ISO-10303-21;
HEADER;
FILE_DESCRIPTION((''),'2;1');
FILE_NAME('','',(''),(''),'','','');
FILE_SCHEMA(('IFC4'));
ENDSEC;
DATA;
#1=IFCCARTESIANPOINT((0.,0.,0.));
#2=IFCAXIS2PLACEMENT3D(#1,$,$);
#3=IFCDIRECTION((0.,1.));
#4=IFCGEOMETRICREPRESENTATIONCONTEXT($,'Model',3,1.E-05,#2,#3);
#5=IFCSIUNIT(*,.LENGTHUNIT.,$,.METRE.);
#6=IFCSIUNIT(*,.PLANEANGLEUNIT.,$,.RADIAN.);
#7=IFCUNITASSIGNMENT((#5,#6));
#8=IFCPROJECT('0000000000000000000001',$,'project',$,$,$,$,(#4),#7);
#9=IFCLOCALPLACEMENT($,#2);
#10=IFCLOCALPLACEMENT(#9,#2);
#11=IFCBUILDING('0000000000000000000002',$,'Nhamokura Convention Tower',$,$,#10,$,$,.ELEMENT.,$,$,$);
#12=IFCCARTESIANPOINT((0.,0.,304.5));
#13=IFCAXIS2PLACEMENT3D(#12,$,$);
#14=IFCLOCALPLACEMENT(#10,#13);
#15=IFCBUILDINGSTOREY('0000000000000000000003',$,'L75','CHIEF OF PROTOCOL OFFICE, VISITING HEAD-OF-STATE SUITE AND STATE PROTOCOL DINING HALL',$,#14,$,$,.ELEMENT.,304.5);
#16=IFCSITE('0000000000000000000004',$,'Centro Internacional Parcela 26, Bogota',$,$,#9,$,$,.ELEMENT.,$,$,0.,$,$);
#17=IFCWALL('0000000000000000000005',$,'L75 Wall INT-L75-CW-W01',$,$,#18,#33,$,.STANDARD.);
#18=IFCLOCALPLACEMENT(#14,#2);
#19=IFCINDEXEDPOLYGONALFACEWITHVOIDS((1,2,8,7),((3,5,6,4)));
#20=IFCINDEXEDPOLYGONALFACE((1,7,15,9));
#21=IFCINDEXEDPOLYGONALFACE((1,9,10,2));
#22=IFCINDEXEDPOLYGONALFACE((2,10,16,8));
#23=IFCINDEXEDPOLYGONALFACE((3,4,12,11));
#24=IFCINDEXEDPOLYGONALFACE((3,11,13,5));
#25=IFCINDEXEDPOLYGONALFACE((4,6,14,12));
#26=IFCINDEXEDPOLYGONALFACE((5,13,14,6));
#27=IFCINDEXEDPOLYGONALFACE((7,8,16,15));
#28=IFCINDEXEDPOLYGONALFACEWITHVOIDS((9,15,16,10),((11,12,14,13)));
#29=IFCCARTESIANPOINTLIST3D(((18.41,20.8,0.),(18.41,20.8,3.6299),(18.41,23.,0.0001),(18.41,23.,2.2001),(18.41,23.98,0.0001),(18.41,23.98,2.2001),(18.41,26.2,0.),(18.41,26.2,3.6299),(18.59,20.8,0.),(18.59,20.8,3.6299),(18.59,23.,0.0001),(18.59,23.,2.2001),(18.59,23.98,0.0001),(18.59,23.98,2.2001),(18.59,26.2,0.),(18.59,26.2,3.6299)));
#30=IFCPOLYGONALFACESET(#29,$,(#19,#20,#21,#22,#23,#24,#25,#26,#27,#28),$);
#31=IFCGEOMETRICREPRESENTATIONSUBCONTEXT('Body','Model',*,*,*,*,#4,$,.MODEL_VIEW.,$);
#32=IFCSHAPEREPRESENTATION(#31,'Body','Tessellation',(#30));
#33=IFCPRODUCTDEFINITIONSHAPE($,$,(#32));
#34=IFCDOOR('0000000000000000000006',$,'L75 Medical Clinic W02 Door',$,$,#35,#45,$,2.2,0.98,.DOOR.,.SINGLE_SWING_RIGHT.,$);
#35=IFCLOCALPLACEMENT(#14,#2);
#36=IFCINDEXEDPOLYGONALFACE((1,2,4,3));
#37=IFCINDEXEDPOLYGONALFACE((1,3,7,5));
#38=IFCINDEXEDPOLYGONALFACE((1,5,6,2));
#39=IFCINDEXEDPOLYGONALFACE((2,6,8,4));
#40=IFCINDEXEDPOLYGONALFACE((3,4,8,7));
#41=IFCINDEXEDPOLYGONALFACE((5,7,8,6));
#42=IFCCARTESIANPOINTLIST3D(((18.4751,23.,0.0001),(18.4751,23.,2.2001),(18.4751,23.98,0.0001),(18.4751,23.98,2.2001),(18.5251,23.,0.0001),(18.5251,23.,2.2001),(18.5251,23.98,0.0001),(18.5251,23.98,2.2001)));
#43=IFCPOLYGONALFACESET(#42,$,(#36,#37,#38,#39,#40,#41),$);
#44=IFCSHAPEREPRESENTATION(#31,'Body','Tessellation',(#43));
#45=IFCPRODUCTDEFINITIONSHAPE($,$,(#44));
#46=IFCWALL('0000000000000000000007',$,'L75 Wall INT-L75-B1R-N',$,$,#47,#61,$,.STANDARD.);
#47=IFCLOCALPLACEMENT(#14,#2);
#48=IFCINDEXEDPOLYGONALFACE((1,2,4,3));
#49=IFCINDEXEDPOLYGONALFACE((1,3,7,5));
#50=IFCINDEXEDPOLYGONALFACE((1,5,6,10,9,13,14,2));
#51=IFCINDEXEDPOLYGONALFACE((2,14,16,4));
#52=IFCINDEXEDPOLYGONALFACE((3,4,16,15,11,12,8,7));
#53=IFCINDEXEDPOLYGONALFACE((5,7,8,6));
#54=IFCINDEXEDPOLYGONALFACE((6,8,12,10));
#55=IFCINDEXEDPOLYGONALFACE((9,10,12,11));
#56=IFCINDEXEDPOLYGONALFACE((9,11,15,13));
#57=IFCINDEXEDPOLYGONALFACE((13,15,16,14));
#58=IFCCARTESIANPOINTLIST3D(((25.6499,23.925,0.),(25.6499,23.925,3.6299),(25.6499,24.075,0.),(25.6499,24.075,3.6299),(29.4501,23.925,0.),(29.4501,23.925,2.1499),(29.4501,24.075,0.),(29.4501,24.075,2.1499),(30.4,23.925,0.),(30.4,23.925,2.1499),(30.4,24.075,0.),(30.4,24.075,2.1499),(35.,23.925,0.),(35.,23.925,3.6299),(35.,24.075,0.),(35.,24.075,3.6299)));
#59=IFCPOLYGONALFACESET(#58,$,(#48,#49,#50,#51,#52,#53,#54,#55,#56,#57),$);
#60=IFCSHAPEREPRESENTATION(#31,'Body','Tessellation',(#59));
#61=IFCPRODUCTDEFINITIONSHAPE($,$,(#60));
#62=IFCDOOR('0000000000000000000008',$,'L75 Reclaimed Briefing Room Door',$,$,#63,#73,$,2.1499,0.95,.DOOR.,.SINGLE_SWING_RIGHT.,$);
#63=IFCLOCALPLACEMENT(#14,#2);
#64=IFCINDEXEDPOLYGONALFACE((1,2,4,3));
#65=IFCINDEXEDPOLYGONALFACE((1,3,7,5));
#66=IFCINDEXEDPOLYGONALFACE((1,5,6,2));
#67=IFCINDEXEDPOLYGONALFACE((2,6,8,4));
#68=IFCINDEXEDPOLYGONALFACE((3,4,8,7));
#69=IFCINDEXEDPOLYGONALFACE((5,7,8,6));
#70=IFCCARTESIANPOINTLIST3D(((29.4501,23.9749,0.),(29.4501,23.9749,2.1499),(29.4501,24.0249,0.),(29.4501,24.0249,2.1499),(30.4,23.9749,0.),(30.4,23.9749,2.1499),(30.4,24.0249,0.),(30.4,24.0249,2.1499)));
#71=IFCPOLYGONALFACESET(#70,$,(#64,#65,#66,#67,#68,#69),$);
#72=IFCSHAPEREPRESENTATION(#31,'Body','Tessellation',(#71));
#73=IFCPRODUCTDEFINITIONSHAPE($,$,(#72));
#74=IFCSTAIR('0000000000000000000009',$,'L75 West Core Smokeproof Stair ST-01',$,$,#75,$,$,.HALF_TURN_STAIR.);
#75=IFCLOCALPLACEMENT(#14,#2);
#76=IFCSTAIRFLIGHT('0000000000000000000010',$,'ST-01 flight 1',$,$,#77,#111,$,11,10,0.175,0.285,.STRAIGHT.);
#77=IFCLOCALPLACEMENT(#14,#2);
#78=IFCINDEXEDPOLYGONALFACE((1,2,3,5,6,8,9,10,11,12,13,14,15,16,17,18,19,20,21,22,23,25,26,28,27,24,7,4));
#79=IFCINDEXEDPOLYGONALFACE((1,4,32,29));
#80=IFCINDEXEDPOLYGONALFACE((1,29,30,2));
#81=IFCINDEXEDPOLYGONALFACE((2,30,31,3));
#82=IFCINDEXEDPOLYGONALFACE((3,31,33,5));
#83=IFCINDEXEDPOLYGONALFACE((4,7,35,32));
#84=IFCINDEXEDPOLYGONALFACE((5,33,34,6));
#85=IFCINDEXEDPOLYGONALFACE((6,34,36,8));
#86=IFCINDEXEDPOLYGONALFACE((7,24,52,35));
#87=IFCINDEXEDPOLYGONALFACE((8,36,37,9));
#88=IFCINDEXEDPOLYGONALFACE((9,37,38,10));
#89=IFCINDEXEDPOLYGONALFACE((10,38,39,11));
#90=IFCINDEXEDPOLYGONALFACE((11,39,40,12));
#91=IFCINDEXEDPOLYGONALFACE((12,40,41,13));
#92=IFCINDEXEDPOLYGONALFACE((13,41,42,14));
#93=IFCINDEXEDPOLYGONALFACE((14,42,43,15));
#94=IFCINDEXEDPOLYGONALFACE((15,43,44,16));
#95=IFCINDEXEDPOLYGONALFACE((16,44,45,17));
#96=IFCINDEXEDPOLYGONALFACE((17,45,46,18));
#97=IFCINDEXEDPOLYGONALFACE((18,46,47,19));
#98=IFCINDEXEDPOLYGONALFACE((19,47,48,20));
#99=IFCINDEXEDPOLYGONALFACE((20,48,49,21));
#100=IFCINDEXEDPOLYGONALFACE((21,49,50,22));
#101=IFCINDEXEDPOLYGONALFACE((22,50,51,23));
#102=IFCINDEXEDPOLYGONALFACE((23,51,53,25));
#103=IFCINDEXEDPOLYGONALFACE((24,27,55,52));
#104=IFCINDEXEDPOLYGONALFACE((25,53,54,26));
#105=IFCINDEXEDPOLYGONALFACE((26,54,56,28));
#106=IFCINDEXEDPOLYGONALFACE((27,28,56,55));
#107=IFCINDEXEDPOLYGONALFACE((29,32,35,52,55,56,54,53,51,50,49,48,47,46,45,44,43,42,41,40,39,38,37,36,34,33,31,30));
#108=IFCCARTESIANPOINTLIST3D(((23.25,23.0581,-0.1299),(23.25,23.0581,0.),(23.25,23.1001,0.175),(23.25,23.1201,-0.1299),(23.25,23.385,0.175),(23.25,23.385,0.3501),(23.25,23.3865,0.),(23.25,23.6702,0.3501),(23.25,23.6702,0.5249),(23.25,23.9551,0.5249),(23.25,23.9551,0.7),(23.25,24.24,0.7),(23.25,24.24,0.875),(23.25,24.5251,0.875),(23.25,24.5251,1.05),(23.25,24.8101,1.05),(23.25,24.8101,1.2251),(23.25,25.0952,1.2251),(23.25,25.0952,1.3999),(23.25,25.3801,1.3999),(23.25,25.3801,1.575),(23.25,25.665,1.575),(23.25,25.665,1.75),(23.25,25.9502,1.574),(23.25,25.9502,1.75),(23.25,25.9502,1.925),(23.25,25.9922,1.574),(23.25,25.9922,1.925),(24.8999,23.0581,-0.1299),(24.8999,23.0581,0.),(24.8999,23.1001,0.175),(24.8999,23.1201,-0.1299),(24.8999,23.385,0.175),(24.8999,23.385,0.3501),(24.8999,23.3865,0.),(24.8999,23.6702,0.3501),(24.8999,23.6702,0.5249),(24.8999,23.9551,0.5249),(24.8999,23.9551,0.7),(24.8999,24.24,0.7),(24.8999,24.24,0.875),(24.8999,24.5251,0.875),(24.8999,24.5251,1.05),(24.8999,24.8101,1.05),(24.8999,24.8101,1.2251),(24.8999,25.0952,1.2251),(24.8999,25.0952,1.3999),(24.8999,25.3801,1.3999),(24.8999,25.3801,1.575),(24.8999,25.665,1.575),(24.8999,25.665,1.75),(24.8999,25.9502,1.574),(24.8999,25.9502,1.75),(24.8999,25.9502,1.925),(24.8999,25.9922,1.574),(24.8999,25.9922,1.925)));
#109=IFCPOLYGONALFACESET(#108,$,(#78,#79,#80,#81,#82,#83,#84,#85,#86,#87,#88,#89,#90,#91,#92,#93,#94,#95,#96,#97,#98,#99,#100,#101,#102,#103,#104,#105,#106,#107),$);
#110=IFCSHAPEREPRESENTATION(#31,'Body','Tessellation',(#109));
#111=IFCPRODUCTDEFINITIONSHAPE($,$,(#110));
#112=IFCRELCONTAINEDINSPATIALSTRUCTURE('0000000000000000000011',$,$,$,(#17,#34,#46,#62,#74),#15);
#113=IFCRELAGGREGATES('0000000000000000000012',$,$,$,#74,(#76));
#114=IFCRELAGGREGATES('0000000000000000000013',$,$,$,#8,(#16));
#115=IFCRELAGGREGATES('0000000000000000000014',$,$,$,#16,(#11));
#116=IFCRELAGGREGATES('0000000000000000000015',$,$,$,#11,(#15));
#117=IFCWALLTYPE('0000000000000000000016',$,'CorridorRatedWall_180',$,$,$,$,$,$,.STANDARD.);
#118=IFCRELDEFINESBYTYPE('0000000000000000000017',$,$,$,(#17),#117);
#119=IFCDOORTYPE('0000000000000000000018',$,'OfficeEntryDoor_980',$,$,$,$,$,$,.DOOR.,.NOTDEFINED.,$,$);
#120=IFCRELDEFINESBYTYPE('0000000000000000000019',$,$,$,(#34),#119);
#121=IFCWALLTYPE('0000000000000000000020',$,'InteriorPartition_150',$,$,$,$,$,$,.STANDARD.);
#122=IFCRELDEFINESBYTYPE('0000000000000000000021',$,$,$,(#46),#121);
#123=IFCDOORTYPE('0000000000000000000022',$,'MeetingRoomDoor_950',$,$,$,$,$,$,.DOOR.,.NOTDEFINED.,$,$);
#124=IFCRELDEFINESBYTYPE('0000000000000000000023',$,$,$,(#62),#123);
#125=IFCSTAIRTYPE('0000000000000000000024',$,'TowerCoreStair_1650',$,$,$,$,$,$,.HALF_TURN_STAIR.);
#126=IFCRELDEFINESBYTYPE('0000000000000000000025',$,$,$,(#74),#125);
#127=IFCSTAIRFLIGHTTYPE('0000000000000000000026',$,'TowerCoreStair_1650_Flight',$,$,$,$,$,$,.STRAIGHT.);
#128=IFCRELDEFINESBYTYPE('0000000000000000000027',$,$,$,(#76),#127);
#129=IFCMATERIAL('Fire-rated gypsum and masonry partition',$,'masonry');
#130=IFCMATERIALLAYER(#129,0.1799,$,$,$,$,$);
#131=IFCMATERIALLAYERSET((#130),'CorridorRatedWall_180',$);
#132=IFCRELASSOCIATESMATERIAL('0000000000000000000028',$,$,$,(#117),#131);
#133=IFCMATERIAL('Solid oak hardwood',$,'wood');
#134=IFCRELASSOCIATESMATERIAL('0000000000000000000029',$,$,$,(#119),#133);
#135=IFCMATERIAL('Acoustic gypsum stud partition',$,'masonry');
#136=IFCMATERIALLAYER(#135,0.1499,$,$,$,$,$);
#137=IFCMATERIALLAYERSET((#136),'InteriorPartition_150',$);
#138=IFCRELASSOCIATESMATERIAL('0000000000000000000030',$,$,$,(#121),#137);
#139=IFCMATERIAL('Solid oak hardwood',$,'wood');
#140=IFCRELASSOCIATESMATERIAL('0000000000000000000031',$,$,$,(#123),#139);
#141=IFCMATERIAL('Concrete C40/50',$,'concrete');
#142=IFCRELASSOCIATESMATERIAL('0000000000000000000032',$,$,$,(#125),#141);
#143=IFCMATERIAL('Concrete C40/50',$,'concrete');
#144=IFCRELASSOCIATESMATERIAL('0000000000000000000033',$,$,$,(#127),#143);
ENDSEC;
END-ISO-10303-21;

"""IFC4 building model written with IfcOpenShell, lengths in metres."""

from ifc_helpers import new_model, si_unit, direction, frame, frame_2d, origin, place, context, subcontext, project, spatial, polyline, rectangle, outline, extrude, material, layer, layer_set, type_object, element, fill, aggregate, save


model = new_model("IFC4")

# Units and contexts
model_context = context("Model", 3, precision=1e-05, world=origin(), true_north=direction((0.0, 1.0)))
body_context = subcontext(model_context, "Body", "Model", "MODEL_VIEW")
ifc_project = project(units=[si_unit("LENGTHUNIT", "METRE"), si_unit("PLANEANGLEUNIT", "RADIAN")], contexts=[model_context])

# Site, building, storey
site_placement = place(None, origin())
site = spatial("IfcSite", under=ifc_project, at=site_placement, Name="Centro Internacional Parcela 26, Bogota", CompositionType="ELEMENT", RefElevation=0.0)
building_placement = place(site_placement, origin())
building = spatial("IfcBuilding", under=site, at=building_placement, Name="Nhamokura Convention Tower", CompositionType="ELEMENT")
storey_placement = place(building_placement, frame((0.0, 0.0, 304.5)))
storey = spatial("IfcBuildingStorey", under=building, at=storey_placement, Name="L75", Description="CHIEF OF PROTOCOL OFFICE, VISITING HEAD-OF-STATE SUITE AND STATE PROTOCOL DINING HALL", CompositionType="ELEMENT", Elevation=304.5)

# Walls, openings, doors
ifc_material_1 = material(Name="Fire-rated gypsum and masonry partition", Category="masonry")
ifc_layer_1 = layer(ifc_material_1, 0.1799)
ifc_layer_set_1 = layer_set([ifc_layer_1], Name="CorridorRatedWall_180")
wall_type_1 = type_object("IfcWallType", Name="CorridorRatedWall_180", PredefinedType="STANDARD", material=ifc_layer_set_1)
ifc_material_2 = material(Name="Solid oak hardwood", Category="wood")
door_type_1 = type_object("IfcDoorType", Name="OfficeEntryDoor_980", OperationType="NOTDEFINED", PredefinedType="DOOR", material=ifc_material_2)
wall_1_placement = place(storey_placement, frame((18.5, 20.8, 0.0), z_axis=(0.0, 0.0, 1.0), x_axis=(0.0, 1.0, 0.0)))
wall_1 = element("IfcWall", 1, at=wall_1_placement, inside=storey, type_object=wall_type_1, Name="L75 Wall INT-L75-CW-W01", PredefinedType="STANDARD", context=body_context, shape_type="SweptSolid", body=[
    extrude(rectangle(XDim=5.3999, YDim=0.1799, at=frame_2d((2.7, 0.0))), origin(), (0.0, 0.0, 1.0), 3.6299),
])
opening_1_placement = place(wall_1_placement, frame((2.2, 0.0, 0.0)))
opening_1 = element("IfcOpeningElement", 2, at=opening_1_placement, cuts=wall_1, PredefinedType="OPENING", context=body_context, shape_type="SweptSolid", body=[
    extrude(rectangle(XDim=0.98, YDim=2.2, at=frame_2d((0.49, 1.1001))), frame((0.0, 0.0999, 0.0), z_axis=(0.0, -1.0, 0.0), x_axis=(1.0, 0.0, 0.0)), (0.0, 0.0, 1.0), 0.2),
])
door_1_placement = place(opening_1_placement, origin())
door_1 = element("IfcDoor", 3, at=door_1_placement, inside=storey, type_object=door_type_1, Name="L75 Medical Clinic W02 Door", OperationType="SINGLE_SWING_RIGHT", OverallHeight=2.2, OverallWidth=0.98, PredefinedType="DOOR", context=body_context, shape_type="SweptSolid", body=[
    extrude(rectangle(XDim=0.98, YDim=2.2, at=frame_2d((0.49, 1.1001))), frame((0.0, 0.0249, 0.0), z_axis=(0.0, -1.0, 0.0), x_axis=(1.0, 0.0, 0.0)), (0.0, 0.0, 1.0), 0.05),
])
fill(opening_1, door_1)
ifc_material_3 = material(Name="Acoustic gypsum stud partition", Category="masonry")
ifc_layer_2 = layer(ifc_material_3, 0.1499)
ifc_layer_set_2 = layer_set([ifc_layer_2], Name="InteriorPartition_150")
wall_type_2 = type_object("IfcWallType", Name="InteriorPartition_150", PredefinedType="STANDARD", material=ifc_layer_set_2)
wall_2_placement = place(storey_placement, frame((25.6499, 24.0, 0.0), z_axis=(0.0, 0.0, 1.0), x_axis=(1.0, 0.0, 0.0)))
wall_2 = element("IfcWall", 4, at=wall_2_placement, inside=storey, type_object=wall_type_2, Name="L75 Wall INT-L75-B1R-N", PredefinedType="STANDARD", context=body_context, shape_type="SweptSolid", body=[
    extrude(rectangle(XDim=9.3501, YDim=0.1499, at=frame_2d((4.675, 0.0))), origin(), (0.0, 0.0, 1.0), 3.6299),
])
opening_2_placement = place(wall_2_placement, frame((3.8, 0.0, 0.0)))
opening_2 = element("IfcOpeningElement", 5, at=opening_2_placement, cuts=wall_2, PredefinedType="OPENING", context=body_context, shape_type="SweptSolid", body=[
    extrude(rectangle(XDim=0.95, YDim=2.1499, at=frame_2d((0.4751, 1.075))), frame((0.0, 0.085, 0.0), z_axis=(0.0, -1.0, 0.0), x_axis=(1.0, 0.0, 0.0)), (0.0, 0.0, 1.0), 0.1699),
])
ifc_material_4 = material(Name="Solid oak hardwood", Category="wood")
door_type_2 = type_object("IfcDoorType", Name="MeetingRoomDoor_950", OperationType="NOTDEFINED", PredefinedType="DOOR", material=ifc_material_4)
door_2_placement = place(opening_2_placement, origin())
door_2 = element("IfcDoor", 6, at=door_2_placement, inside=storey, type_object=door_type_2, Name="L75 Reclaimed Briefing Room Door", OperationType="SINGLE_SWING_RIGHT", OverallHeight=2.1499, OverallWidth=0.95, PredefinedType="DOOR", context=body_context, shape_type="SweptSolid", body=[
    extrude(rectangle(XDim=0.95, YDim=2.1499, at=frame_2d((0.4751, 1.075))), frame((0.0, 0.0249, 0.0), z_axis=(0.0, -1.0, 0.0), x_axis=(1.0, 0.0, 0.0)), (0.0, 0.0, 1.0), 0.05),
])
fill(opening_2, door_2)

# Stair, stair flight
ifc_material_5 = material(Name="Concrete C40/50", Category="concrete")
stair_type = type_object("IfcStairType", Name="TowerCoreStair_1650", PredefinedType="HALF_TURN_STAIR", material=ifc_material_5)
stair_placement = place(storey_placement, origin())
stair = element("IfcStair", 7, at=stair_placement, inside=storey, type_object=stair_type, Name="L75 West Core Smokeproof Stair ST-01", PredefinedType="HALF_TURN_STAIR")
ifc_material_6 = material(Name="Concrete C40/50", Category="concrete")
stair_flight_type = type_object("IfcStairFlightType", Name="TowerCoreStair_1650_Flight", PredefinedType="STRAIGHT", material=ifc_material_6)
stair_flight_placement = place(storey_placement, frame((24.075, 23.1001, 0.0), z_axis=(0.0, 0.0, 1.0), x_axis=(0.0, 1.0, 0.0)))
stair_flight = element("IfcStairFlight", 8, at=stair_flight_placement, type_object=stair_flight_type, Name="ST-01 flight 1", NumberOfRisers=11, NumberOfTreads=10, PredefinedType="STRAIGHT", RiserHeight=0.175, TreadLength=0.285, context=body_context, shape_type="SweptSolid", body=[
    extrude(outline(polyline([(-0.042, 0.0), (0.0, 0.175), (0.2849, 0.175), (0.2849, 0.3501), (0.5701, 0.3501), (0.5701, 0.5249), (0.855, 0.5249), (0.855, 0.7), (1.1399, 0.7), (1.1399, 0.875), (1.425, 0.875), (1.425, 1.05), (1.71, 1.05), (1.71, 1.2251), (1.9951, 1.2251), (1.9951, 1.3999), (2.28, 1.3999), (2.28, 1.575), (2.5649, 1.575), (2.5649, 1.75), (2.8501, 1.75), (2.8501, 1.925), (2.8921, 1.925), (2.8921, 1.574), (2.8501, 1.574), (0.2864, 0.0), (0.02, -0.1299), (-0.042, -0.1299), (-0.042, 0.0)])), frame((0.0, 0.825, 0.0), z_axis=(0.0, -1.0, 0.0), x_axis=(1.0, 0.0, 0.0)), (0.0, 0.0, 1.0), 1.6499),
])
aggregate(stair, [stair_flight])

save(model, "model.ifc")
